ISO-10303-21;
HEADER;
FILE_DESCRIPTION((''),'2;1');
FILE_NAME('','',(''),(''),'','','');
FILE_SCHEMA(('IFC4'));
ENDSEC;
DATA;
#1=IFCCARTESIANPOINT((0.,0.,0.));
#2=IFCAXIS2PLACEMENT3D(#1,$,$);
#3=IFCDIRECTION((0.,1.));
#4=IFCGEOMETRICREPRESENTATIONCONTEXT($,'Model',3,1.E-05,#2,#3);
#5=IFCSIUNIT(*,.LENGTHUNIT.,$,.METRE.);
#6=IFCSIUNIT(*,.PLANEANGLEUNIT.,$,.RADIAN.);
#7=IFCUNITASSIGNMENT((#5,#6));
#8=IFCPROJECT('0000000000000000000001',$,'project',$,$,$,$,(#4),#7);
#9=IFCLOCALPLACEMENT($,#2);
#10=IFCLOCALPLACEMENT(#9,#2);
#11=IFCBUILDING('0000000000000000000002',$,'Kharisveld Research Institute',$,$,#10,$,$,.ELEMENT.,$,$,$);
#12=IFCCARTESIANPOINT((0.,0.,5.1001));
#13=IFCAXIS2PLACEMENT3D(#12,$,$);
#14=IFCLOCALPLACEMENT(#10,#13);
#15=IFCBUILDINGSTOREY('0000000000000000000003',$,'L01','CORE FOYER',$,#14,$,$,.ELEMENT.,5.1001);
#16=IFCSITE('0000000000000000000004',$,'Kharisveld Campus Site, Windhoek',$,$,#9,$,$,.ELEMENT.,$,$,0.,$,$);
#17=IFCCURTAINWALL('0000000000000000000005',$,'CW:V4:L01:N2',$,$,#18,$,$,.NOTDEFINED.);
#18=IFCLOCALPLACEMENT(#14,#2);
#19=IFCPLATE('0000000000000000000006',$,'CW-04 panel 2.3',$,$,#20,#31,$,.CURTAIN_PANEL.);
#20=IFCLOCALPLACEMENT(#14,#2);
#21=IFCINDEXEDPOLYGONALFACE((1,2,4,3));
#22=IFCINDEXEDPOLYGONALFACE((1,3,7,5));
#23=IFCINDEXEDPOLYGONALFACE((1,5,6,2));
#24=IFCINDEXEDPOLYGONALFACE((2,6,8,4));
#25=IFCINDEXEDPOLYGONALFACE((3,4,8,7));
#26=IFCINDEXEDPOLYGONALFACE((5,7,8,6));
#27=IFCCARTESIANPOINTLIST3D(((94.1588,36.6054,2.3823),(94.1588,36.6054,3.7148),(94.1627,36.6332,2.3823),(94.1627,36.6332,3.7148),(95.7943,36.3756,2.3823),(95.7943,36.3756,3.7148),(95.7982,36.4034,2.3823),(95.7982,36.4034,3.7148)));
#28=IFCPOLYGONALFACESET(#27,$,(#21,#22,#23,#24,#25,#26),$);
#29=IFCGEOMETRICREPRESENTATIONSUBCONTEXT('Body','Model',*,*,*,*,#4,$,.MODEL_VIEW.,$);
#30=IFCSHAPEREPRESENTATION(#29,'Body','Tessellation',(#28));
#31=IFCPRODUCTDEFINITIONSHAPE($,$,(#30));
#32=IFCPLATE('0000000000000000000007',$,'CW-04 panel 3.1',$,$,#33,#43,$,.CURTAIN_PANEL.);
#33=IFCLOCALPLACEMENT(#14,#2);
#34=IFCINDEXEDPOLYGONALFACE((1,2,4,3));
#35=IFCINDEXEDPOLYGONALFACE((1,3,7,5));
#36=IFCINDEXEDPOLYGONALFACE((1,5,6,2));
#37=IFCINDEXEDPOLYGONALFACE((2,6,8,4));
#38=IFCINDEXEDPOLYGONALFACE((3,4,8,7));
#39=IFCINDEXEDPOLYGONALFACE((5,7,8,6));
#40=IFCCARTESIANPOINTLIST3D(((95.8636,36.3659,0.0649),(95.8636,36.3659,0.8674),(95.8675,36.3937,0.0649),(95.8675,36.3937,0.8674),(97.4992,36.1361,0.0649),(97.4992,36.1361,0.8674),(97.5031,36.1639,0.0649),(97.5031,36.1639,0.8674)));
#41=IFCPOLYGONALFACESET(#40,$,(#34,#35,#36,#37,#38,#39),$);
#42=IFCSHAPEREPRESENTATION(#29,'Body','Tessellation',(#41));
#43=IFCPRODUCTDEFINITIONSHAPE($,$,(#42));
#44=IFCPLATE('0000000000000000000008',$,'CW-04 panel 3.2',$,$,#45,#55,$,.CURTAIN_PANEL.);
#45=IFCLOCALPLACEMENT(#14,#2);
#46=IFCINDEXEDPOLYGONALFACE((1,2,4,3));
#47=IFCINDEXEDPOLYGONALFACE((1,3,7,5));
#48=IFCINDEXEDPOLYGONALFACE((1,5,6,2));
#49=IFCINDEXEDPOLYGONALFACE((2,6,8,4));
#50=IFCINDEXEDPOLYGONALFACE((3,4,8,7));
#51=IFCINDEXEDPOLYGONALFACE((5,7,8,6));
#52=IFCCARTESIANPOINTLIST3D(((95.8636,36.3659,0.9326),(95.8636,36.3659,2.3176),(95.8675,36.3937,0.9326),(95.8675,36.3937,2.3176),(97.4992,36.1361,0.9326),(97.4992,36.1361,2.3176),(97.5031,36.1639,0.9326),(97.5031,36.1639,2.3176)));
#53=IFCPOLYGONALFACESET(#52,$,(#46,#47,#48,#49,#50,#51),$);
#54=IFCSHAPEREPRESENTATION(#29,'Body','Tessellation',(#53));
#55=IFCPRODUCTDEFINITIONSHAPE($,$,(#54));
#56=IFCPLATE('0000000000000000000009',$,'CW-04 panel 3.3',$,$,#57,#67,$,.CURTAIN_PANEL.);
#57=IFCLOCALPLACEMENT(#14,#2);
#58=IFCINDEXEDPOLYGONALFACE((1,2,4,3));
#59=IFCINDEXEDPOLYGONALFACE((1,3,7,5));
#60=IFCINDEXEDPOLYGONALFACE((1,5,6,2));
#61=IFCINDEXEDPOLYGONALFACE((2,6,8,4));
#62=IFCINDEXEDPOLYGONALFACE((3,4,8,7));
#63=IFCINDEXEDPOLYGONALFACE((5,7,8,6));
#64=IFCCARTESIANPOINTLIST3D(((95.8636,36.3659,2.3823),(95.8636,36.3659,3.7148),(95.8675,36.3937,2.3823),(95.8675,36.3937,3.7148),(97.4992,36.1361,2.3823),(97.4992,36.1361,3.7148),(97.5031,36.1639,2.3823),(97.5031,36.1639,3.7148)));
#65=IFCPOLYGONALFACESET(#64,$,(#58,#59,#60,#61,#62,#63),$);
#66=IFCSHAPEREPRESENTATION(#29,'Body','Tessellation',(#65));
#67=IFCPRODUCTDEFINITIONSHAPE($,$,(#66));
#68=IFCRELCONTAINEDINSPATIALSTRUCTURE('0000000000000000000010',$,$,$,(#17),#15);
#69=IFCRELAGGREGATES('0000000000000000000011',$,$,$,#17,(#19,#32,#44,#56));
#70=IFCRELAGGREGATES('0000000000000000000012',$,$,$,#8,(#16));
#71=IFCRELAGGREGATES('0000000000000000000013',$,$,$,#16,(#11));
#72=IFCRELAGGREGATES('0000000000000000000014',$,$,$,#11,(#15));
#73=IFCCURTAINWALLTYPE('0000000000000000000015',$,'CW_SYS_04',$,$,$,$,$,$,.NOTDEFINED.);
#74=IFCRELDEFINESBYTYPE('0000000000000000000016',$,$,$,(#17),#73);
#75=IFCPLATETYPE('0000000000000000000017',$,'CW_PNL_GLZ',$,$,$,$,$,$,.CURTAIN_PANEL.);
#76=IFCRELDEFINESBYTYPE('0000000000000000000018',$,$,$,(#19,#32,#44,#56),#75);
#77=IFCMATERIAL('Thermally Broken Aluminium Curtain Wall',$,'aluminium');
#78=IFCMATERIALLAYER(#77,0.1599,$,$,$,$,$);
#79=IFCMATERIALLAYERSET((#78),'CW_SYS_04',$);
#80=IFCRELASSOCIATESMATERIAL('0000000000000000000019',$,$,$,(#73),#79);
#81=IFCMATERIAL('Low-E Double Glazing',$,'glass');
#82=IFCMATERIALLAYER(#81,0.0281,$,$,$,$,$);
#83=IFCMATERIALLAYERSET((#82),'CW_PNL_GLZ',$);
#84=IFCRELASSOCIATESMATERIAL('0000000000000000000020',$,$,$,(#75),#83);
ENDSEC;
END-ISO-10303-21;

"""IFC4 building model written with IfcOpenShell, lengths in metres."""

from ifc_helpers import new_model, si_unit, direction, frame, origin, origin_2d, place, context, subcontext, project, spatial, rectangle, extrude, material, layer, layer_set, type_object, element, aggregate, save


model = new_model("IFC4")

# Units and contexts
model_context = context("Model", 3, precision=1e-05, world=origin(), true_north=direction((0.0, 1.0)))
body_context = subcontext(model_context, "Body", "Model", "MODEL_VIEW")
ifc_project = project(units=[si_unit("LENGTHUNIT", "METRE"), si_unit("PLANEANGLEUNIT", "RADIAN")], contexts=[model_context])

# Site, building, storey
site_placement = place(None, origin())
site = spatial("IfcSite", under=ifc_project, at=site_placement, Name="Kharisveld Campus Site, Windhoek", CompositionType="ELEMENT", RefElevation=0.0)
building_placement = place(site_placement, origin())
building = spatial("IfcBuilding", under=site, at=building_placement, Name="Kharisveld Research Institute", CompositionType="ELEMENT")
storey_placement = place(building_placement, frame((0.0, 0.0, 5.1001)))
storey = spatial("IfcBuildingStorey", under=building, at=storey_placement, Name="L01", Description="CORE FOYER", CompositionType="ELEMENT", Elevation=5.1001)

# Curtain wall
ifc_material_1 = material(Name="Thermally Broken Aluminium Curtain Wall", Category="aluminium")
ifc_layer_1 = layer(ifc_material_1, 0.1599)
ifc_layer_set_1 = layer_set([ifc_layer_1], Name="CW_SYS_04")
curtain_wall_type_1 = type_object("IfcCurtainWallType", Name="CW_SYS_04", PredefinedType="NOTDEFINED", material=ifc_layer_set_1)
curtain_wall_1_placement = place(storey_placement, origin())
curtain_wall_1 = element("IfcCurtainWall", 1, at=curtain_wall_1_placement, inside=storey, type_object=curtain_wall_type_1, Name="CW:V4:L01:N2", PredefinedType="NOTDEFINED")

# Plates
ifc_material_2 = material(Name="Low-E Double Glazing", Category="glass")
ifc_layer_2 = layer(ifc_material_2, 0.0281)
ifc_layer_set_2 = layer_set([ifc_layer_2], Name="CW_PNL_GLZ")
plate_type = type_object("IfcPlateType", Name="CW_PNL_GLZ", PredefinedType="CURTAIN_PANEL", material=ifc_layer_set_2)
plate_1_placement = place(storey_placement, frame((94.9785, 36.5044, 2.3823), z_axis=(0.0, 0.0, 1.0), x_axis=(0.990268, -0.139173, 0.0)))
plate_1 = element("IfcPlate", 2, at=plate_1_placement, type_object=plate_type, Name="CW-04 panel 2.3", PredefinedType="CURTAIN_PANEL", context=body_context, shape_type="SweptSolid", body=[
    extrude(rectangle(XDim=1.6516, YDim=0.0281, at=origin_2d()), origin(), (0.0, 0.0, 1.0), 1.3325),
])
plate_2_placement = place(storey_placement, frame((96.6833, 36.2649, 0.0649), z_axis=(0.0, 0.0, 1.0), x_axis=(0.990268, -0.139173, 0.0)))
plate_2 = element("IfcPlate", 3, at=plate_2_placement, type_object=plate_type, Name="CW-04 panel 3.1", PredefinedType="CURTAIN_PANEL", context=body_context, shape_type="SweptSolid", body=[
    extrude(rectangle(XDim=1.6516, YDim=0.0281, at=origin_2d()), origin(), (0.0, 0.0, 1.0), 0.8025),
])
plate_3_placement = place(storey_placement, frame((96.6833, 36.2649, 0.9326), z_axis=(0.0, 0.0, 1.0), x_axis=(0.990268, -0.139173, 0.0)))
plate_3 = element("IfcPlate", 4, at=plate_3_placement, type_object=plate_type, Name="CW-04 panel 3.2", PredefinedType="CURTAIN_PANEL", context=body_context, shape_type="SweptSolid", body=[
    extrude(rectangle(XDim=1.6516, YDim=0.0281, at=origin_2d()), origin(), (0.0, 0.0, 1.0), 1.385),
])
plate_4_placement = place(storey_placement, frame((96.6833, 36.2649, 2.3823), z_axis=(0.0, 0.0, 1.0), x_axis=(0.990268, -0.139173, 0.0)))
plate_4 = element("IfcPlate", 5, at=plate_4_placement, type_object=plate_type, Name="CW-04 panel 3.3", PredefinedType="CURTAIN_PANEL", context=body_context, shape_type="SweptSolid", body=[
    extrude(rectangle(XDim=1.6516, YDim=0.0281, at=origin_2d()), origin(), (0.0, 0.0, 1.0), 1.3325),
])
aggregate(curtain_wall_1, [plate_1, plate_2, plate_3, plate_4])

save(model, "model.ifc")
